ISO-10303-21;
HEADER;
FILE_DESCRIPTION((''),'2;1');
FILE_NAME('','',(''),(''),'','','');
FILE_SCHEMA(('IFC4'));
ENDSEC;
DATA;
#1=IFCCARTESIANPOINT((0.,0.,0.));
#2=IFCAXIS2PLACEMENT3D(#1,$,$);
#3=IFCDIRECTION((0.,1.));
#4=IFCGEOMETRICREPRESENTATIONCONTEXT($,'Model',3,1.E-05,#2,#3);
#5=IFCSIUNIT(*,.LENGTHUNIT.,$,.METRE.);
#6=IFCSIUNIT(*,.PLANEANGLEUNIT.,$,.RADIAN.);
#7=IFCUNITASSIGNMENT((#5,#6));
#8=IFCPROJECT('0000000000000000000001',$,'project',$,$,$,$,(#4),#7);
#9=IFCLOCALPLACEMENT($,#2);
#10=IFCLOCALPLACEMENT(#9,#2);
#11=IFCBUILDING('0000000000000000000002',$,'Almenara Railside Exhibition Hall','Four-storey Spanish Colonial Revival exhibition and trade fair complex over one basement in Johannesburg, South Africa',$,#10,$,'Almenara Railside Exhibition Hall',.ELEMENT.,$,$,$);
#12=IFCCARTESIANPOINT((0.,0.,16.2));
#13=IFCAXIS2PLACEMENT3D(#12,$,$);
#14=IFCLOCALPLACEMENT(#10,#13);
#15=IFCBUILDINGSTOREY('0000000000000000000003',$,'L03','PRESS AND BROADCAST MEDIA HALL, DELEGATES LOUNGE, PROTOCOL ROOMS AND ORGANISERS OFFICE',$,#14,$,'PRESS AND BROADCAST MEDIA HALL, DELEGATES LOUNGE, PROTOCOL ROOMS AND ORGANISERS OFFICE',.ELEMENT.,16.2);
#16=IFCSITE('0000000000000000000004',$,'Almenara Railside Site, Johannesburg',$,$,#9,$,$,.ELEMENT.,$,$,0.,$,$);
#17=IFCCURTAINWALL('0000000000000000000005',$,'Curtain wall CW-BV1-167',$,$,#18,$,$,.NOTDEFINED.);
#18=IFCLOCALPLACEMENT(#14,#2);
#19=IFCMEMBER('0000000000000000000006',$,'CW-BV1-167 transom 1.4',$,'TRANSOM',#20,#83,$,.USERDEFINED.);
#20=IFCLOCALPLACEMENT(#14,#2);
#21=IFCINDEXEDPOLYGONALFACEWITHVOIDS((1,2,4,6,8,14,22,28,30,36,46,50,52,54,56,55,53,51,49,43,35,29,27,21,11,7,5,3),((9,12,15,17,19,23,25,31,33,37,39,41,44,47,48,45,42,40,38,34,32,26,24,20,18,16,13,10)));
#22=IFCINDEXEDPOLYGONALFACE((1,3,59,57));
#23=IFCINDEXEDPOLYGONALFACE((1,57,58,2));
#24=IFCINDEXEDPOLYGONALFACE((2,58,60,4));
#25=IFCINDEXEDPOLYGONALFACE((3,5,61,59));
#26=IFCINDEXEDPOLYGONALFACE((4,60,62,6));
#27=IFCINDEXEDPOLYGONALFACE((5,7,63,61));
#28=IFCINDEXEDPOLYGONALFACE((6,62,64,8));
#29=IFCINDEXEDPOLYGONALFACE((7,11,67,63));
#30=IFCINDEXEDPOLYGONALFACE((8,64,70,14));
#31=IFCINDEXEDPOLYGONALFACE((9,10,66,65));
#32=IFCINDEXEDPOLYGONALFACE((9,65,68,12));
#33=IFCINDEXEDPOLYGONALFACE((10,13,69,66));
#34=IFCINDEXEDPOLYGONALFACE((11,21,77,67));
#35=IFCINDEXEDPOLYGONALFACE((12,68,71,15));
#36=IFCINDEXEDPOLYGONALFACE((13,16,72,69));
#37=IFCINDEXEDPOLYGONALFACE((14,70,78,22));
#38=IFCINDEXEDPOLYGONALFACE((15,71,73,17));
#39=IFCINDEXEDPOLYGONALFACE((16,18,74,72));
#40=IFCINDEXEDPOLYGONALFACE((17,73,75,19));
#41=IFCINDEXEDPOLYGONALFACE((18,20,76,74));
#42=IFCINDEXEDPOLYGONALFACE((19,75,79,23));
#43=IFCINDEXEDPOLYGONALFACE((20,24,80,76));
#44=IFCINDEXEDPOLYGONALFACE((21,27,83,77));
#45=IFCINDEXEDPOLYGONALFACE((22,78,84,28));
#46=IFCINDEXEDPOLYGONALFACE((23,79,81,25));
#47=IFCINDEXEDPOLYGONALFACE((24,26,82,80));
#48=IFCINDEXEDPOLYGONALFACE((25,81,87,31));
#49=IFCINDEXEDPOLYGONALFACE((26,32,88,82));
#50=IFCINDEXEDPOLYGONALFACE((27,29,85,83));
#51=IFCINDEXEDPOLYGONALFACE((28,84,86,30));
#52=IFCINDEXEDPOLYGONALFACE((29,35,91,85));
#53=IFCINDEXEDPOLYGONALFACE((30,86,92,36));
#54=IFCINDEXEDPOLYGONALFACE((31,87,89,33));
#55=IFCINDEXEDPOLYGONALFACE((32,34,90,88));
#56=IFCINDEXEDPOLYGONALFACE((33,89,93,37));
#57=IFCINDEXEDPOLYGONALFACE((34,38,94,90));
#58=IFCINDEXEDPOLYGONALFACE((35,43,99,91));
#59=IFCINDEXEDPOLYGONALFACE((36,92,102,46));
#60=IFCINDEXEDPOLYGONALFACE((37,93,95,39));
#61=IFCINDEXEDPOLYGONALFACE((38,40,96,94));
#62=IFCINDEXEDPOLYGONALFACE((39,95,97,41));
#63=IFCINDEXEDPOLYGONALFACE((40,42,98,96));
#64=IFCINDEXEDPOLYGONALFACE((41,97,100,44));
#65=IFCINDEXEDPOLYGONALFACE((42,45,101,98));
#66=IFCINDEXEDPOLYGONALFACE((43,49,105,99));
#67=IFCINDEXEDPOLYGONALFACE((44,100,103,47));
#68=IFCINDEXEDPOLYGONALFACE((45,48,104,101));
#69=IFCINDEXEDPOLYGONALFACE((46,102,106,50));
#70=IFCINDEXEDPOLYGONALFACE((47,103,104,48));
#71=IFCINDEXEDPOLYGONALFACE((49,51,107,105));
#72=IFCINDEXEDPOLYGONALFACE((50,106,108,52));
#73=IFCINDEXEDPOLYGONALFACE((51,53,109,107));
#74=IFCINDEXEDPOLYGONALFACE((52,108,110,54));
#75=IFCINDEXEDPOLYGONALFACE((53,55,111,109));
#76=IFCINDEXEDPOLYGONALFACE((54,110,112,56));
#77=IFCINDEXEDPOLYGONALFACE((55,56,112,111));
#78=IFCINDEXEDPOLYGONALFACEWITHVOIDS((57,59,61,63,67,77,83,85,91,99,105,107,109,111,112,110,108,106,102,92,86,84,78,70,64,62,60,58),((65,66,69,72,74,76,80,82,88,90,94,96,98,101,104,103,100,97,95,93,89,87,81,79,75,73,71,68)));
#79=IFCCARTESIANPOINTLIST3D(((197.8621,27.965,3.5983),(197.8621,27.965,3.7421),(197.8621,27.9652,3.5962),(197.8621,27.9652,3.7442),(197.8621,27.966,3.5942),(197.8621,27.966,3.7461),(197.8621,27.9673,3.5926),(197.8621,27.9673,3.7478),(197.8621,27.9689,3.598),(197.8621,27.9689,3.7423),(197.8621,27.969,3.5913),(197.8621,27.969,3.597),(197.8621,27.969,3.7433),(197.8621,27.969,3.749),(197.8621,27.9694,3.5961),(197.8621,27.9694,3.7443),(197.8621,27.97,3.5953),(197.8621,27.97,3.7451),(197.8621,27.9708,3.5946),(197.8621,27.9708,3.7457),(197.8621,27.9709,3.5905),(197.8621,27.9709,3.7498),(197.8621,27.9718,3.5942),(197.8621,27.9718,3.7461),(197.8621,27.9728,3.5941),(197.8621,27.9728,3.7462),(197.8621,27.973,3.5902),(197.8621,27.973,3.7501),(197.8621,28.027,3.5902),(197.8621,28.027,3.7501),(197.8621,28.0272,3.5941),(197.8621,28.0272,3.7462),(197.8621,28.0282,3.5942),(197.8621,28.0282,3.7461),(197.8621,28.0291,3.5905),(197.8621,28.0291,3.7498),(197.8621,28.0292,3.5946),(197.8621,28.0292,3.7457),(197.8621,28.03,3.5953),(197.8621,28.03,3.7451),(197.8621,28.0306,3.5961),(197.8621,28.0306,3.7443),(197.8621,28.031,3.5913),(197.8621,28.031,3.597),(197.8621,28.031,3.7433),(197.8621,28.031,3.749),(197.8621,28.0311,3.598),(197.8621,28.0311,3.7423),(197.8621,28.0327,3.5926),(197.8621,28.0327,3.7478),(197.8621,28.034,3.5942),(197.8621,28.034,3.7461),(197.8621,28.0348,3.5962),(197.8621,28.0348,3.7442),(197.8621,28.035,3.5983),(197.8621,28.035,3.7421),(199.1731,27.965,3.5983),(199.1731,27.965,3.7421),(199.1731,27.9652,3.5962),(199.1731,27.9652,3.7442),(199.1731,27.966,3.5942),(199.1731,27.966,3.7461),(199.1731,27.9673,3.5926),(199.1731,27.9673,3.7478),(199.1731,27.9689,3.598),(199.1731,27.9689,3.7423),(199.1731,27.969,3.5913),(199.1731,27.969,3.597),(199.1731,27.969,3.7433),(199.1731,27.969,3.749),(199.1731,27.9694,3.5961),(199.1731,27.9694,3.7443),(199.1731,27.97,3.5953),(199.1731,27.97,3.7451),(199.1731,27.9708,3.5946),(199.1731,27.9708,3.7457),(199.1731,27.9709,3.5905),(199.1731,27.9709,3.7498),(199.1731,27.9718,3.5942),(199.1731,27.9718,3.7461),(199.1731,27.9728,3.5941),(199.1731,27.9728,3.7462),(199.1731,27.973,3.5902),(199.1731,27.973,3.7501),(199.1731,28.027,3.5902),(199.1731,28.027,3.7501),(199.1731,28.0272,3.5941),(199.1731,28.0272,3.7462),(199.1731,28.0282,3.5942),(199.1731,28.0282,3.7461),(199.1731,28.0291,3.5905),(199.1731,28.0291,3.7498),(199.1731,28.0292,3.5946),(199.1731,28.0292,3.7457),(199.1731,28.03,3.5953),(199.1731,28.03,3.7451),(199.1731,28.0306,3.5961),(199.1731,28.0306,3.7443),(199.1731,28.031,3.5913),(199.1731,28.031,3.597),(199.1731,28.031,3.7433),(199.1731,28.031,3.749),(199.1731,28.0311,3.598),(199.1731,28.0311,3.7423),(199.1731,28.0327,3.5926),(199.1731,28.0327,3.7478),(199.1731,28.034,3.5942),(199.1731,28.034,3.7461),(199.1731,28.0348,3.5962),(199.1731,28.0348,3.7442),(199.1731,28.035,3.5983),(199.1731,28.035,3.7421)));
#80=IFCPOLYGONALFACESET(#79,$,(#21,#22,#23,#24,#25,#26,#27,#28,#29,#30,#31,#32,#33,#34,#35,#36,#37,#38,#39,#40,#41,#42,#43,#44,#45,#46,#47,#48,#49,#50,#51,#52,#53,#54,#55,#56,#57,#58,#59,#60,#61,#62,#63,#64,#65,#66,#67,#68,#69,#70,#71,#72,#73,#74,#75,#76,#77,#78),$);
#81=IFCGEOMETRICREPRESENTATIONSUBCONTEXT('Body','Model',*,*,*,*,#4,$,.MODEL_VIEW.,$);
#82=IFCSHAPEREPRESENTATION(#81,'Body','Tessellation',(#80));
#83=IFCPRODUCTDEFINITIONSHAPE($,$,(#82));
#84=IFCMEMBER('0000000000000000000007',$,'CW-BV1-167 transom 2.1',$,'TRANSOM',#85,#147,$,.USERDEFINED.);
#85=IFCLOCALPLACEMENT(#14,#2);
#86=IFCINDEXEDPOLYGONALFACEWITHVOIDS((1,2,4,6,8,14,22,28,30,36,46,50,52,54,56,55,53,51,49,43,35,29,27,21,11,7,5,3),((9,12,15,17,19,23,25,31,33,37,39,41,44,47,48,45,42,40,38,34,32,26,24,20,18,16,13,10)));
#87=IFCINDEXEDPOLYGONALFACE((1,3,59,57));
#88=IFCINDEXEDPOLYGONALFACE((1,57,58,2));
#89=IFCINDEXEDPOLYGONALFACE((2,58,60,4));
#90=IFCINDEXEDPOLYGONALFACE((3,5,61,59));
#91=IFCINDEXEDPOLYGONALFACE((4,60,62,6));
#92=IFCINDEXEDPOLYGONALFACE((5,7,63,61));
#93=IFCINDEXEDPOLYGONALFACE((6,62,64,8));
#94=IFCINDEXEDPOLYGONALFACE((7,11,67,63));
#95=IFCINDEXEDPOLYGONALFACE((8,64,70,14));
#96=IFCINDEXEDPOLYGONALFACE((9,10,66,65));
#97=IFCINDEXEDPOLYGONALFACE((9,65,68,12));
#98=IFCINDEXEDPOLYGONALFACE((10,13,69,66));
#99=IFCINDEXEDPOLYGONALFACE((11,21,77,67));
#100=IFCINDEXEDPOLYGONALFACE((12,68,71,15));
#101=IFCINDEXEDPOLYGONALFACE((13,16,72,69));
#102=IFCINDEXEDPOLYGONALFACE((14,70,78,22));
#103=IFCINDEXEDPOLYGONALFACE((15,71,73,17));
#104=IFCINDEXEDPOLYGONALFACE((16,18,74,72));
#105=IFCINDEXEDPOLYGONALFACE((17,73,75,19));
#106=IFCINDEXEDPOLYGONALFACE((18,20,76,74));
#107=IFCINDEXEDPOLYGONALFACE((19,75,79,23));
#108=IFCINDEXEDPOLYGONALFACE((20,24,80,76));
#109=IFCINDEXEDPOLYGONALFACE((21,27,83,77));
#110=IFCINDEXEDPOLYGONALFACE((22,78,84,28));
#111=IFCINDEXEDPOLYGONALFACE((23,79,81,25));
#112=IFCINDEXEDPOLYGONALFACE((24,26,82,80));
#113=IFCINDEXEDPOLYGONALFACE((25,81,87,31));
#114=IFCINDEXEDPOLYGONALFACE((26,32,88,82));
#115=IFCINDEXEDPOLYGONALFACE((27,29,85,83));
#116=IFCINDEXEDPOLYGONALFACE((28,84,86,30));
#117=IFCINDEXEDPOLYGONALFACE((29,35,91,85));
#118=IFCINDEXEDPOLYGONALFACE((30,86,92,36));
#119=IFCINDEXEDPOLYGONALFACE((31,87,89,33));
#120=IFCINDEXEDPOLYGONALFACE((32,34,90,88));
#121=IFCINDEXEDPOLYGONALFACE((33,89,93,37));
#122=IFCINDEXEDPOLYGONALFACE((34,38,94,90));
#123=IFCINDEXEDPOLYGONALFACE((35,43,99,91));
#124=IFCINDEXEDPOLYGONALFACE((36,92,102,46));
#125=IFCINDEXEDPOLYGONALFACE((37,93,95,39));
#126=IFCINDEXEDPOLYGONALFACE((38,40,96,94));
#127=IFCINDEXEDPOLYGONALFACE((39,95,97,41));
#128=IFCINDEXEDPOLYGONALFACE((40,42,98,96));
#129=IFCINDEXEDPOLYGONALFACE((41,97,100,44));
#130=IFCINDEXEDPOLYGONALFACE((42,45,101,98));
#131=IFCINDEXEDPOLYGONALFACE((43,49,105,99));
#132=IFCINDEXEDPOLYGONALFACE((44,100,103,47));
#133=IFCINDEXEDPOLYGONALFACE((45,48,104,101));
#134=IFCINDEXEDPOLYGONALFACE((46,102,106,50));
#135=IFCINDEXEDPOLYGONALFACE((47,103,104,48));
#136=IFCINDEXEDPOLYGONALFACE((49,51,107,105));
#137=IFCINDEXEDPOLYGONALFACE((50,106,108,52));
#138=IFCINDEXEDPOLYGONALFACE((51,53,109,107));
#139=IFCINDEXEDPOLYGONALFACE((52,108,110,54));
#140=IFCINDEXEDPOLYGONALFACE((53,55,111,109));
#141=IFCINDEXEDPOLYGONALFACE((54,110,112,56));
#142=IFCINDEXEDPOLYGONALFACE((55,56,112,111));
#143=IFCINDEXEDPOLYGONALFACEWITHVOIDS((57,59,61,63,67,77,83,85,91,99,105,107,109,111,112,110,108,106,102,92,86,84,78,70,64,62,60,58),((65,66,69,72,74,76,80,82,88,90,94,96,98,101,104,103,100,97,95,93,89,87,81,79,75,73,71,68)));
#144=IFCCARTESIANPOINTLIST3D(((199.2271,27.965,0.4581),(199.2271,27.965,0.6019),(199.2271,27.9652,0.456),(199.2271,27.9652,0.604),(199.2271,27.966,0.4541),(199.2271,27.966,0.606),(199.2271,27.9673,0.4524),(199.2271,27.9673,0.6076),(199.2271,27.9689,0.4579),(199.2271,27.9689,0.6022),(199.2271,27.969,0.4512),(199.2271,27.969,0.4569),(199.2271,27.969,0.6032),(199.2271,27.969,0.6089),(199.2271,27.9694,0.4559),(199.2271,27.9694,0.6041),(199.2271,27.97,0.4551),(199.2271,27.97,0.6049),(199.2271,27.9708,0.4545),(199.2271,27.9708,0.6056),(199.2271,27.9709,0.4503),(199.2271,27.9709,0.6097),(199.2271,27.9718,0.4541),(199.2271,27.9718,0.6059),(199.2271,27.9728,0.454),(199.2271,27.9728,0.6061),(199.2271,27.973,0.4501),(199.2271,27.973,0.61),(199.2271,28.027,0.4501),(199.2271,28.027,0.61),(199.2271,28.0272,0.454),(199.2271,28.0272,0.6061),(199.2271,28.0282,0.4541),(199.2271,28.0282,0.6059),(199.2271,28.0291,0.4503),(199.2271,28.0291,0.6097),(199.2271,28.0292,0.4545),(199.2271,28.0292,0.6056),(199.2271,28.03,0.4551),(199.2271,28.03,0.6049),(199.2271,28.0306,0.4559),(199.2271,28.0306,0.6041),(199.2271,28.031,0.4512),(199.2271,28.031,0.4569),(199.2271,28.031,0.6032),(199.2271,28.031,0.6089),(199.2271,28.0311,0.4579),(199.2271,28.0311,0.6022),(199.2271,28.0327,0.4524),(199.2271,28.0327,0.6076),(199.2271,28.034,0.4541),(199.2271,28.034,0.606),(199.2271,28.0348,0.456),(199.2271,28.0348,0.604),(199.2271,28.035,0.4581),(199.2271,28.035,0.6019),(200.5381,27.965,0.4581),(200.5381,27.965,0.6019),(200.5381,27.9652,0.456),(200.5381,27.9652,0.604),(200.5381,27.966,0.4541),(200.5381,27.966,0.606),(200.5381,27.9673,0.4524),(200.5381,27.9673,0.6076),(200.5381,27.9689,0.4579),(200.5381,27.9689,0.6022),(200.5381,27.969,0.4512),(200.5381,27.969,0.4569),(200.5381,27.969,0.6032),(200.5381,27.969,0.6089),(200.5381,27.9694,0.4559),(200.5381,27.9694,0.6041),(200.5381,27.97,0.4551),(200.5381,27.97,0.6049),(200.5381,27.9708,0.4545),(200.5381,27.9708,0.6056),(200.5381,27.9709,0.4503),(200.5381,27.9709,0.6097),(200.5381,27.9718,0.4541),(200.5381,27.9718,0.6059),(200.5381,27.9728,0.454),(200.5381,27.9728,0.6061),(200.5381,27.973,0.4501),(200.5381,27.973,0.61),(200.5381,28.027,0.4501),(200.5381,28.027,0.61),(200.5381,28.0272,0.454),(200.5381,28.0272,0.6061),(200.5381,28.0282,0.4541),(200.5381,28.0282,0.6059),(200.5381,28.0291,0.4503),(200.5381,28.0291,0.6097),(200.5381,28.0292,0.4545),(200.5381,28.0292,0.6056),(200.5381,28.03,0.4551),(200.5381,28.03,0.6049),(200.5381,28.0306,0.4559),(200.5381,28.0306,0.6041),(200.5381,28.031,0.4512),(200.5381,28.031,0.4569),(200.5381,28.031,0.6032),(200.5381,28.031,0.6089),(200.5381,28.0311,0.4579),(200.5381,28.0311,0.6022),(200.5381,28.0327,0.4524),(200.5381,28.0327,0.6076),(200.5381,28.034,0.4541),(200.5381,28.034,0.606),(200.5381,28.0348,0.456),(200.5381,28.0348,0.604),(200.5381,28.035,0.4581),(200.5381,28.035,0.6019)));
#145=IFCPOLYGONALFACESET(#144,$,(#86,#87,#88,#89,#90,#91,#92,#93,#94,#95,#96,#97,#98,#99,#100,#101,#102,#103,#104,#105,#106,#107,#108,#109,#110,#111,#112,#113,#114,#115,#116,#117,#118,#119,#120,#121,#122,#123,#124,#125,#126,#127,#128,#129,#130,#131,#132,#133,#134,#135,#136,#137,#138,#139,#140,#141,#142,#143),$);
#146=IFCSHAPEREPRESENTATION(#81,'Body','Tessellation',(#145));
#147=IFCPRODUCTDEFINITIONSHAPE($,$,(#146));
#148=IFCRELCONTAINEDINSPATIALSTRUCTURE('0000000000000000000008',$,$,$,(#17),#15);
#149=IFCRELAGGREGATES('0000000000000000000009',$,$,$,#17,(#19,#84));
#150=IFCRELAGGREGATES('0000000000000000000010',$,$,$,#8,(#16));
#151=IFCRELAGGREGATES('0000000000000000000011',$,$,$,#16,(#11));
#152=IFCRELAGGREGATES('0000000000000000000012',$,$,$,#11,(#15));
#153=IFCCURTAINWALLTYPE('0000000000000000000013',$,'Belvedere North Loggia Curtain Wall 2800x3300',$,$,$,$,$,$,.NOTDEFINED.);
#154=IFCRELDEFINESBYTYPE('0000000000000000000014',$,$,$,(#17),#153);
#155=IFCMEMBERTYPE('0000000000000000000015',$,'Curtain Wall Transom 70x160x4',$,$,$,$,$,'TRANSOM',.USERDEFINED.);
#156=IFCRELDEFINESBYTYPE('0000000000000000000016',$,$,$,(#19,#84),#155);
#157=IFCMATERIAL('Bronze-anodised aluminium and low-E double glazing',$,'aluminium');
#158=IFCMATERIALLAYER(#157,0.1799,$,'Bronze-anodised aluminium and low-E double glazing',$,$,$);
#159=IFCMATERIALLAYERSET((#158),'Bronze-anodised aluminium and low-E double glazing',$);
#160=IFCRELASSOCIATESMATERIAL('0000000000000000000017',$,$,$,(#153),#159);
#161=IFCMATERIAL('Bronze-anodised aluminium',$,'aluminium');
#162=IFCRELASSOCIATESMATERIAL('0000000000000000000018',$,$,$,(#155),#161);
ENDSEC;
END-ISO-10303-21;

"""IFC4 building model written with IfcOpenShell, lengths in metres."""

from ifc_helpers import new_model, si_unit, direction, frame, origin, origin_2d, place, context, subcontext, project, spatial, hollow_rectangle, extrude, material, layer, layer_set, material_profile, profile_set, type_object, element, aggregate, save


model = new_model("IFC4")

# Units and contexts
model_context = context("Model", 3, precision=1e-05, world=origin(), true_north=direction((0.0, 1.0)))
body_context = subcontext(model_context, "Body", "Model", "MODEL_VIEW")
ifc_project = project(units=[si_unit("LENGTHUNIT", "METRE"), si_unit("PLANEANGLEUNIT", "RADIAN")], contexts=[model_context])

# Site, building, storey
site_placement = place(None, origin())
site = spatial("IfcSite", under=ifc_project, at=site_placement, Name="Almenara Railside Site, Johannesburg", CompositionType="ELEMENT", RefElevation=0.0)
building_placement = place(site_placement, origin())
building = spatial("IfcBuilding", under=site, at=building_placement, Name="Almenara Railside Exhibition Hall", Description="Four-storey Spanish Colonial Revival exhibition and trade fair complex over one basement in Johannesburg, South Africa", LongName="Almenara Railside Exhibition Hall", CompositionType="ELEMENT")
storey_placement = place(building_placement, frame((0.0, 0.0, 16.2)))
storey = spatial("IfcBuildingStorey", under=building, at=storey_placement, Name="L03", Description="PRESS AND BROADCAST MEDIA HALL, DELEGATES LOUNGE, PROTOCOL ROOMS AND ORGANISERS OFFICE", LongName="PRESS AND BROADCAST MEDIA HALL, DELEGATES LOUNGE, PROTOCOL ROOMS AND ORGANISERS OFFICE", CompositionType="ELEMENT", Elevation=16.2)

# Curtain wall
ifc_material_1 = material(Name="Bronze-anodised aluminium and low-E double glazing", Category="aluminium")
ifc_layer_1 = layer(ifc_material_1, 0.1799, Name="Bronze-anodised aluminium and low-E double glazing")
ifc_layer_set_1 = layer_set([ifc_layer_1], Name="Bronze-anodised aluminium and low-E double glazing")
curtain_wall_type = type_object("IfcCurtainWallType", Name="Belvedere North Loggia Curtain Wall 2800x3300", PredefinedType="NOTDEFINED", material=ifc_layer_set_1)
ifc_material_2 = material(Name="Bronze-anodised aluminium", Category="aluminium")
curtain_wall_1_placement = place(storey_placement, origin())
curtain_wall_1 = element("IfcCurtainWall", 1, at=curtain_wall_1_placement, inside=storey, type_object=curtain_wall_type, Name="Curtain wall CW-BV1-167", PredefinedType="NOTDEFINED")

# Members
ifc_material_profile_1 = material_profile(ifc_material_2, hollow_rectangle(XDim=0.0701, YDim=0.1599, WallThickness=0.0039, InnerFilletRadius=0.0039, OuterFilletRadius=0.0081, at=origin_2d()), Name="ALU-TRN 70x160x4")
ifc_profile_set_1 = profile_set([ifc_material_profile_1], Name="Bronze-anodised aluminium")
member_type_1 = type_object("IfcMemberType", Name="Curtain Wall Transom 70x160x4", ElementType="TRANSOM", PredefinedType="USERDEFINED", material=ifc_profile_set_1)
member_1_placement = place(storey_placement, frame((197.8621, 28.0, 3.6702), z_axis=(1.0, 0.0, 0.0), x_axis=(0.0, 1.0, 0.0)))
member_1 = element("IfcMember", 2, at=member_1_placement, type_object=member_type_1, Name="CW-BV1-167 transom 1.4", ObjectType="TRANSOM", PredefinedType="USERDEFINED", context=body_context, shape_type="SweptSolid", body=[
    extrude(hollow_rectangle(XDim=0.0701, YDim=0.1599, WallThickness=0.0039, InnerFilletRadius=0.0039, OuterFilletRadius=0.0081, at=origin_2d()), origin(), (0.0, 0.0, 1.0), 1.311),
])
member_2_placement = place(storey_placement, frame((199.2271, 28.0, 0.53), z_axis=(1.0, 0.0, 0.0), x_axis=(0.0, 1.0, 0.0)))
member_2 = element("IfcMember", 3, at=member_2_placement, type_object=member_type_1, Name="CW-BV1-167 transom 2.1", ObjectType="TRANSOM", PredefinedType="USERDEFINED", context=body_context, shape_type="SweptSolid", body=[
    extrude(hollow_rectangle(XDim=0.0701, YDim=0.1599, WallThickness=0.0039, InnerFilletRadius=0.0039, OuterFilletRadius=0.0081, at=origin_2d()), origin(), (0.0, 0.0, 1.0), 1.311),
])

aggregate(curtain_wall_1, [member_1, member_2])

save(model, "model.ifc")
